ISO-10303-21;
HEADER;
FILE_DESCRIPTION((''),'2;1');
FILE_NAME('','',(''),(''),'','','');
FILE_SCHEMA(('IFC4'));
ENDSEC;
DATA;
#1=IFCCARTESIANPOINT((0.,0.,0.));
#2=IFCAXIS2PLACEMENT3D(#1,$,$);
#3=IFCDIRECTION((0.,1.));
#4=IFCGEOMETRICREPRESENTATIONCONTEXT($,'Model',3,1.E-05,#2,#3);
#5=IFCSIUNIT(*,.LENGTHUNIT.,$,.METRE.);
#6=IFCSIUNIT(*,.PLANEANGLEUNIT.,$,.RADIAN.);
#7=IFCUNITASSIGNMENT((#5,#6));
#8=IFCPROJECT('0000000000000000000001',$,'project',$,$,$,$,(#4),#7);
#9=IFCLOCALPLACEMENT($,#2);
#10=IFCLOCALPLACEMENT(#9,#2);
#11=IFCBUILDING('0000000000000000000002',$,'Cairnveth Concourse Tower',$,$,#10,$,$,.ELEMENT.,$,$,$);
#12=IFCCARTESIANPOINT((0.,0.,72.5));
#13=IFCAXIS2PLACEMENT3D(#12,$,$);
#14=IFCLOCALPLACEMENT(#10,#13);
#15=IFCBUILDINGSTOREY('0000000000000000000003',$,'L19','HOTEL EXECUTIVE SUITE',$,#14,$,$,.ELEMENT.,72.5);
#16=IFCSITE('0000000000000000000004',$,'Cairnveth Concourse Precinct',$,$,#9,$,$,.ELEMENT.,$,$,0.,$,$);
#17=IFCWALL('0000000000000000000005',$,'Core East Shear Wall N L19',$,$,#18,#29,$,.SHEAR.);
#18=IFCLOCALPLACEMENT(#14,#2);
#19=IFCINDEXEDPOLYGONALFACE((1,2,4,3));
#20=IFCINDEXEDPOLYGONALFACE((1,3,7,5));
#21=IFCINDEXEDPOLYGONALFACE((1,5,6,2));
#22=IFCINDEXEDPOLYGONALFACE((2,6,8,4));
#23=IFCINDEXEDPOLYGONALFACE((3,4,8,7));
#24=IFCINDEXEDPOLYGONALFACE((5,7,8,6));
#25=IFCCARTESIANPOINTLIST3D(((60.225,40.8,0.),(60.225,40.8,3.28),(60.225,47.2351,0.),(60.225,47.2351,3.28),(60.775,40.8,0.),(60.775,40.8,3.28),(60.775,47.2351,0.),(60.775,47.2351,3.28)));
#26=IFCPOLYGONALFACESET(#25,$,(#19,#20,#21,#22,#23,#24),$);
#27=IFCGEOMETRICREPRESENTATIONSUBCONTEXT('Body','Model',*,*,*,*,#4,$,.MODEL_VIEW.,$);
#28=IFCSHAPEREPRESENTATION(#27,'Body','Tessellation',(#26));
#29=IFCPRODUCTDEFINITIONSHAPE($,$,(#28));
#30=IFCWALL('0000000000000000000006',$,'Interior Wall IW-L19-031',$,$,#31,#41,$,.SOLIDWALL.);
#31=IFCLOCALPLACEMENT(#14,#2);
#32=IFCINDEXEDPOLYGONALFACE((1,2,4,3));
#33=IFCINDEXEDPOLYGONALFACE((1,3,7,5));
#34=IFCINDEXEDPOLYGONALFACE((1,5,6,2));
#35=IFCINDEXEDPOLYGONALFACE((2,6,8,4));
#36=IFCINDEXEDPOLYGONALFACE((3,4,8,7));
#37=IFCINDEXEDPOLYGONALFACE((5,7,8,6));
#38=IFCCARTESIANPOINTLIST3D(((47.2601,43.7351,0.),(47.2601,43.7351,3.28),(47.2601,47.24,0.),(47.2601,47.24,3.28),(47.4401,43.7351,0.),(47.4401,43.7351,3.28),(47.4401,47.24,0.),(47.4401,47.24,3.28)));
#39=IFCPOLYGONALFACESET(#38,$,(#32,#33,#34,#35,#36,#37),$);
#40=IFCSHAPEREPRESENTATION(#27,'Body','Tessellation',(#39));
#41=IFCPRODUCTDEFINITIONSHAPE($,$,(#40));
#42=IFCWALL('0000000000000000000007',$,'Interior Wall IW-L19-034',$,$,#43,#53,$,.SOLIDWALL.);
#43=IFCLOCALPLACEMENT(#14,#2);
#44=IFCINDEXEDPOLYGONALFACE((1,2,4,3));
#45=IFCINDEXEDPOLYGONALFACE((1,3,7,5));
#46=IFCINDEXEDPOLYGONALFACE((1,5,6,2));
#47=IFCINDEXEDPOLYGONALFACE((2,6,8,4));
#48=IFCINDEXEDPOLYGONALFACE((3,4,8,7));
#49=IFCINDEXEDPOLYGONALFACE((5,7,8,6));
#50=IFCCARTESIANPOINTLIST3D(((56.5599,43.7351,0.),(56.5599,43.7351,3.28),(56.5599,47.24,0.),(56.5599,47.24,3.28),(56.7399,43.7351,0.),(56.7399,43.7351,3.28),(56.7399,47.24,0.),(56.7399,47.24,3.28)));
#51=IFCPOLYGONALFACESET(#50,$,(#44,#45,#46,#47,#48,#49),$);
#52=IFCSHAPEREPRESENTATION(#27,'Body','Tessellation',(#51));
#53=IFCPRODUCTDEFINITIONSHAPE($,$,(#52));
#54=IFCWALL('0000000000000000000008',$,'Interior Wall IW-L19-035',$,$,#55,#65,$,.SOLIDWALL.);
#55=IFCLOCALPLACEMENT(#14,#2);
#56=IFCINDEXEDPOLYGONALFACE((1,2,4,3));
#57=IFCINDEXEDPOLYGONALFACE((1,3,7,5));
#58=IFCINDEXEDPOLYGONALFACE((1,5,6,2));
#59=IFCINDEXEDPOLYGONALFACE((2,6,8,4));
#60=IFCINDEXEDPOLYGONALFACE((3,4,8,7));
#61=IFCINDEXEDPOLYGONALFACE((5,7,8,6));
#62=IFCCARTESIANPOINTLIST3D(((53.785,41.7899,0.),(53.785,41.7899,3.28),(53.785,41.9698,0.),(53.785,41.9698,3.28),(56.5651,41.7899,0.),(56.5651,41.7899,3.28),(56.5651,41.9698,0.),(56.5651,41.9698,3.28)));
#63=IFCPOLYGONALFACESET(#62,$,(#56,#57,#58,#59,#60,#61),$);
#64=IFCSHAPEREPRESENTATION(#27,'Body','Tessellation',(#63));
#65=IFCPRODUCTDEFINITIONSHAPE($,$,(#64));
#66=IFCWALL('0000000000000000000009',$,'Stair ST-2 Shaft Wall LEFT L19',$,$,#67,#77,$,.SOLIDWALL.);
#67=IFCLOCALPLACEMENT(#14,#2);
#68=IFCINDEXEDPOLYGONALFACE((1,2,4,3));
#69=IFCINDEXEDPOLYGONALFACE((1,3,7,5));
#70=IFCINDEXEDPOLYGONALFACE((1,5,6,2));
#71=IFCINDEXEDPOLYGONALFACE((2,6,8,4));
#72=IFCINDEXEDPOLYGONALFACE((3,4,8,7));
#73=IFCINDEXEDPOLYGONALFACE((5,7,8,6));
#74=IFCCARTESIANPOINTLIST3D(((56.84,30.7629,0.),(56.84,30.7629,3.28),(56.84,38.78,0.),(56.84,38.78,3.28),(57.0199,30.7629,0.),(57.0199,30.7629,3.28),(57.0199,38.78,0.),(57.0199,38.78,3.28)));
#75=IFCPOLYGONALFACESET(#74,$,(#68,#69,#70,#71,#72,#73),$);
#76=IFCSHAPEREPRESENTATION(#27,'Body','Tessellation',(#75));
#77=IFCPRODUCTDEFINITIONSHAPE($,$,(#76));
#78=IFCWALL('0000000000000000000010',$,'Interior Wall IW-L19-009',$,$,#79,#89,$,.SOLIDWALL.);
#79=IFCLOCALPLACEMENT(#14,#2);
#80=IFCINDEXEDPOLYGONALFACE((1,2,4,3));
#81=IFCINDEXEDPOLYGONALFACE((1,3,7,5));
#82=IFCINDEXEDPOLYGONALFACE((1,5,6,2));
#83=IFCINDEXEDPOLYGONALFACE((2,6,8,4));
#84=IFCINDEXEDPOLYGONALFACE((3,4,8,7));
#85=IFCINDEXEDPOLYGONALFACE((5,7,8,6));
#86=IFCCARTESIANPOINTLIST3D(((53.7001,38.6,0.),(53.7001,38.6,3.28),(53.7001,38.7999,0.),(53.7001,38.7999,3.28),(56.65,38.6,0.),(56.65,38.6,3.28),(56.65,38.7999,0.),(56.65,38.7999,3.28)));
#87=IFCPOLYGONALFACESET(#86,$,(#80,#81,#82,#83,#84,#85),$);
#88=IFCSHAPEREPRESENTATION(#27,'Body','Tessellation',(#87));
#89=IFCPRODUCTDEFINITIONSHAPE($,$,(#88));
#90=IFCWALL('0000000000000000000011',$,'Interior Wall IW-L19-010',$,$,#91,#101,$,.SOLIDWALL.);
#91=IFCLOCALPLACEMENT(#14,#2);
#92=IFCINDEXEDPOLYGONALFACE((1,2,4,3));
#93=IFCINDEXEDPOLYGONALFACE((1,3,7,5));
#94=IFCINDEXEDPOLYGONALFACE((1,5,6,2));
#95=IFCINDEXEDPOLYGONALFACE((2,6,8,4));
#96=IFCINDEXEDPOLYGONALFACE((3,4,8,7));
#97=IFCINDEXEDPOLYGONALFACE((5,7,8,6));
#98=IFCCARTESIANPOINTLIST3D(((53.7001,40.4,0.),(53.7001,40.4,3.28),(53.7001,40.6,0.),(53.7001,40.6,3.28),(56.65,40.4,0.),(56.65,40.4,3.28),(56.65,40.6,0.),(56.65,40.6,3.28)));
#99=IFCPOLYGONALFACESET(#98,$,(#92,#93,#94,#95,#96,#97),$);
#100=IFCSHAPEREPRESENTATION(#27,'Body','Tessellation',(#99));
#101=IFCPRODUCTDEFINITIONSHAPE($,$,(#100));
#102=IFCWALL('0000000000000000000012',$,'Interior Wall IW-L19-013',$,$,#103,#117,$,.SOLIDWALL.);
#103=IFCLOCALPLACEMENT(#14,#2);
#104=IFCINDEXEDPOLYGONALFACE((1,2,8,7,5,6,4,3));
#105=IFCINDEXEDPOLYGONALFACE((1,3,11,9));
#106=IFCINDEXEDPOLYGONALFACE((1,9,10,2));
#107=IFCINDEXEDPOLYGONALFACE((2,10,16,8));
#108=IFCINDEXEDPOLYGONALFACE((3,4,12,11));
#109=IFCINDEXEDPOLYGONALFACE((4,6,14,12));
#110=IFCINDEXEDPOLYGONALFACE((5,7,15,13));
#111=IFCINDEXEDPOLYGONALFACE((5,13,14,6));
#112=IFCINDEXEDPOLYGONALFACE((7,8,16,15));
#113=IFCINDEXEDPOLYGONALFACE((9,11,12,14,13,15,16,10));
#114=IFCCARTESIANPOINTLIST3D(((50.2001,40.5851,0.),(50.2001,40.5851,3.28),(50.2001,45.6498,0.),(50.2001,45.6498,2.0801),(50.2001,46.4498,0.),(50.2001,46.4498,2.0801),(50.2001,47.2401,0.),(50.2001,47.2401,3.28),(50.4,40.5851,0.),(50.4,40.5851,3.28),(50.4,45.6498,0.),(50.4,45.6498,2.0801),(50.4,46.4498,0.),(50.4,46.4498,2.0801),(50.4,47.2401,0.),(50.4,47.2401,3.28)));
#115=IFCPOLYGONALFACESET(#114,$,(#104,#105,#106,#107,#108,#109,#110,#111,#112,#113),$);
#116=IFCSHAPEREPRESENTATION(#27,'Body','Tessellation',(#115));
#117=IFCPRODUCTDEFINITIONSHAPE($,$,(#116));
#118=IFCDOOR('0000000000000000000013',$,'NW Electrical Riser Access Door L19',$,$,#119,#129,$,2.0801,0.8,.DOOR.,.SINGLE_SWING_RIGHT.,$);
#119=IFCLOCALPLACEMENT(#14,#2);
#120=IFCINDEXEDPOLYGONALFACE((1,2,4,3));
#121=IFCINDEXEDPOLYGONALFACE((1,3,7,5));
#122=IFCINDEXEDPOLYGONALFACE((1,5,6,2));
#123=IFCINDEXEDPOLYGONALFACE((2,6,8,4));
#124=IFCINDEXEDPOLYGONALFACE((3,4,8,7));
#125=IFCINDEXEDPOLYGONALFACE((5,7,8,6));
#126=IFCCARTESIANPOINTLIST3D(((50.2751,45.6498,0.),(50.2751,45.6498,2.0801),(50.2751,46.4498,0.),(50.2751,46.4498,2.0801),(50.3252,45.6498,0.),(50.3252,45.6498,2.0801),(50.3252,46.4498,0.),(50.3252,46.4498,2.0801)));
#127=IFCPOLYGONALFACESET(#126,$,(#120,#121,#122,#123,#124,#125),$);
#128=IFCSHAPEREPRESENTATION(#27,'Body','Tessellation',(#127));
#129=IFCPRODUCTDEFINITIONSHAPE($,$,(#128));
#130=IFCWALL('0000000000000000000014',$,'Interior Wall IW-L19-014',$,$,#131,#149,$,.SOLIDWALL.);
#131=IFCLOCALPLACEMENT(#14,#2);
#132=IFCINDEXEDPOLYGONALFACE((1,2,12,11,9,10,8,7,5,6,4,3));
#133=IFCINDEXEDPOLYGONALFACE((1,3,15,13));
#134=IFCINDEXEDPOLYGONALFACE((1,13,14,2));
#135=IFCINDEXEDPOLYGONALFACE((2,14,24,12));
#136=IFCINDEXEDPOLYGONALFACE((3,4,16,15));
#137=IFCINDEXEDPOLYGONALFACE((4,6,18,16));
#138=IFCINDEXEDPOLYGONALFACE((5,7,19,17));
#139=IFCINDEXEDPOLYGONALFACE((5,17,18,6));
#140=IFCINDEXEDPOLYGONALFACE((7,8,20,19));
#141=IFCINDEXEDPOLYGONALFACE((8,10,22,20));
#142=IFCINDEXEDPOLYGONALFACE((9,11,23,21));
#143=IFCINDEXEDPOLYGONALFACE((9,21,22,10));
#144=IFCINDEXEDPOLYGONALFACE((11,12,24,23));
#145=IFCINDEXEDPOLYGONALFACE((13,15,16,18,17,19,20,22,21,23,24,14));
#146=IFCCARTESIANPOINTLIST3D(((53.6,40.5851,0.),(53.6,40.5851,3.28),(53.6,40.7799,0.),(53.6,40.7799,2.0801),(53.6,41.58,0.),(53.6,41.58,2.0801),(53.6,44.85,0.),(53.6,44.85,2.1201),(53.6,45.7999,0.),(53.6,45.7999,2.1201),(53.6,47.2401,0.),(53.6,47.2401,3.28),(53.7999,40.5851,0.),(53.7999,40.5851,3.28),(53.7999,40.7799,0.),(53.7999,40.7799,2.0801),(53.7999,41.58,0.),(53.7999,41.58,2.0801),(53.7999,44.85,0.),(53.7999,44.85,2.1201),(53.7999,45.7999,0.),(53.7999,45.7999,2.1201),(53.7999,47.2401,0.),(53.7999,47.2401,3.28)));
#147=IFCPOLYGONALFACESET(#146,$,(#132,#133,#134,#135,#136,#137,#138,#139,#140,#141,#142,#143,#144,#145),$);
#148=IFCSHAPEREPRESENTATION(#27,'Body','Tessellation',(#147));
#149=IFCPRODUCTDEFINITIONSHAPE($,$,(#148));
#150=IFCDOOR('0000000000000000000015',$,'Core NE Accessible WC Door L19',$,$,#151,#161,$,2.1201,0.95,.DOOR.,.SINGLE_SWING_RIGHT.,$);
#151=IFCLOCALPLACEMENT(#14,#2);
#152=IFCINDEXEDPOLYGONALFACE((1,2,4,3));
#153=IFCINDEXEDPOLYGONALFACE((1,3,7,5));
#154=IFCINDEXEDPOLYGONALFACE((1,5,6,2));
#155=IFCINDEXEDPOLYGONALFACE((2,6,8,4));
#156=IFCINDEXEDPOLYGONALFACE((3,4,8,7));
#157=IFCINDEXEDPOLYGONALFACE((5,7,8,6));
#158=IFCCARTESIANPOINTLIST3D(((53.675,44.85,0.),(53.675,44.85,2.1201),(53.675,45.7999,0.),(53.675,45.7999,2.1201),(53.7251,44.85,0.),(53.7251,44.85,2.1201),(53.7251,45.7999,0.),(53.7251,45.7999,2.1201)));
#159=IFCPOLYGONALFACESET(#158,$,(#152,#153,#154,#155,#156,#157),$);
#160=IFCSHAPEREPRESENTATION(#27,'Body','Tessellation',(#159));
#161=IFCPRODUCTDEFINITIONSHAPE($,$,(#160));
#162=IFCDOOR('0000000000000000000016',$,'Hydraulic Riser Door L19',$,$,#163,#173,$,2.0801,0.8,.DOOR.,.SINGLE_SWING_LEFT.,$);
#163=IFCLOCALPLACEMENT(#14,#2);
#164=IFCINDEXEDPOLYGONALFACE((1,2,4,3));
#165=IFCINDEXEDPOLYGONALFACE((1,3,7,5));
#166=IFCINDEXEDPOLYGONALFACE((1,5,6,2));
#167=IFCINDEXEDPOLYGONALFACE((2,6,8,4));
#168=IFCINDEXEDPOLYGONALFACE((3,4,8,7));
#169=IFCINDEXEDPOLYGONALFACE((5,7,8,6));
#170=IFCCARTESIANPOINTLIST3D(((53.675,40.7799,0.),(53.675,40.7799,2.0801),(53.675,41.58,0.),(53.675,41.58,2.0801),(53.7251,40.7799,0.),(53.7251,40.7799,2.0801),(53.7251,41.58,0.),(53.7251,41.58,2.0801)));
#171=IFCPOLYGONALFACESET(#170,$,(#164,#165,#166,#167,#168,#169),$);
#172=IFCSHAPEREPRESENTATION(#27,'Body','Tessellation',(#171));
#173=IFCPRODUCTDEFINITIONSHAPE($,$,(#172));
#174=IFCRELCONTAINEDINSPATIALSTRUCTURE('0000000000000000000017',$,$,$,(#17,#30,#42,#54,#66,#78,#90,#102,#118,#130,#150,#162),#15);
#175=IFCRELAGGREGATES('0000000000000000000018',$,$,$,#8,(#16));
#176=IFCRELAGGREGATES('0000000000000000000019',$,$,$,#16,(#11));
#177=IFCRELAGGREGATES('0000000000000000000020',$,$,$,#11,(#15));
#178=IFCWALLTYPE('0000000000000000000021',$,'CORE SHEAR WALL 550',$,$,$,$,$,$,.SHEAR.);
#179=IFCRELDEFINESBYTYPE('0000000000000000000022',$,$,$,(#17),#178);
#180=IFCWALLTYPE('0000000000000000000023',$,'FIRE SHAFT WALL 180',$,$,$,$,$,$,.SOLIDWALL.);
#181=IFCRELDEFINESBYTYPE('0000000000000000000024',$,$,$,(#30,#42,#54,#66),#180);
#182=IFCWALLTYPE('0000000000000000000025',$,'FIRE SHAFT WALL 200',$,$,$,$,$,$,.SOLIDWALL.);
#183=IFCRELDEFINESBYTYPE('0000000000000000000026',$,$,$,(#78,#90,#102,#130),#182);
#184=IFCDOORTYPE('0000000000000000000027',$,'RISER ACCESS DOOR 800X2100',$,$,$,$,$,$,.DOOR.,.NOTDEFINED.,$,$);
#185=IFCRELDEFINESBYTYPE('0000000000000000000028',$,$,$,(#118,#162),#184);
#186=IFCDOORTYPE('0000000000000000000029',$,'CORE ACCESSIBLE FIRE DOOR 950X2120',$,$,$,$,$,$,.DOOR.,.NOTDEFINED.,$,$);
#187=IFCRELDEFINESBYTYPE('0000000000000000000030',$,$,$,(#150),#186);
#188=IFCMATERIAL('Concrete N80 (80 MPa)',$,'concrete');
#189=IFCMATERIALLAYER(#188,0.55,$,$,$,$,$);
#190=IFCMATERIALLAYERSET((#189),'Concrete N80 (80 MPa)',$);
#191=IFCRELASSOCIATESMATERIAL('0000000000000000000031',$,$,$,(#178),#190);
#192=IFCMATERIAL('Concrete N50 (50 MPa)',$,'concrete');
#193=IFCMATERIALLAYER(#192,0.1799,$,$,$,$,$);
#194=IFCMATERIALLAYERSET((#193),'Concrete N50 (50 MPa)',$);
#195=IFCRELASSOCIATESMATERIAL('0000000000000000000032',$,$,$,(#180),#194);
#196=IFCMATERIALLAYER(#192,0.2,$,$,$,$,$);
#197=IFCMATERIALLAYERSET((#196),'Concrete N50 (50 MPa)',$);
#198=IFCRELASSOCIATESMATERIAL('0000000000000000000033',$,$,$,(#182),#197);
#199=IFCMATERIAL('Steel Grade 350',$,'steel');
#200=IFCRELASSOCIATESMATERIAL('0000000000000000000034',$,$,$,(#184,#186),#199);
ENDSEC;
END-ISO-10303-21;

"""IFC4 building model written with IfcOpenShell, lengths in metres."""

from ifc_helpers import new_model, si_unit, direction, frame, frame_2d, origin, place, context, subcontext, project, spatial, rectangle, extrude, material, layer, layer_set, type_object, element, fill, save


model = new_model("IFC4")

# Units and contexts
model_context = context("Model", 3, precision=1e-05, world=origin(), true_north=direction((0.0, 1.0)))
body_context = subcontext(model_context, "Body", "Model", "MODEL_VIEW")
ifc_project = project(units=[si_unit("LENGTHUNIT", "METRE"), si_unit("PLANEANGLEUNIT", "RADIAN")], contexts=[model_context])

# Site, building, storey
site_placement = place(None, origin())
site = spatial("IfcSite", under=ifc_project, at=site_placement, Name="Cairnveth Concourse Precinct", CompositionType="ELEMENT", RefElevation=0.0)
building_placement = place(site_placement, origin())
building = spatial("IfcBuilding", under=site, at=building_placement, Name="Cairnveth Concourse Tower", CompositionType="ELEMENT")
storey_placement = place(building_placement, frame((0.0, 0.0, 72.5)))
storey = spatial("IfcBuildingStorey", under=building, at=storey_placement, Name="L19", Description="HOTEL EXECUTIVE SUITE", CompositionType="ELEMENT", Elevation=72.5)

# Walls
ifc_material_1 = material(Name="Concrete N80 (80 MPa)", Category="concrete")
ifc_layer_1 = layer(ifc_material_1, 0.55)
ifc_layer_set_1 = layer_set([ifc_layer_1], Name="Concrete N80 (80 MPa)")
wall_type_1 = type_object("IfcWallType", Name="CORE SHEAR WALL 550", PredefinedType="SHEAR", material=ifc_layer_set_1)
wall_1_placement = place(storey_placement, frame((60.5, 40.8, 0.0), z_axis=(0.0, 0.0, 1.0), x_axis=(0.0, 1.0, 0.0)))
element("IfcWall", 1, at=wall_1_placement, inside=storey, type_object=wall_type_1, Name="Core East Shear Wall N L19", PredefinedType="SHEAR", context=body_context, shape_type="SweptSolid", body=[
    extrude(rectangle(XDim=6.4351, YDim=0.55, at=frame_2d((3.2175, 0.0))), origin(), (0.0, 0.0, 1.0), 3.28),
])
ifc_material_2 = material(Name="Concrete N50 (50 MPa)", Category="concrete")
ifc_layer_2 = layer(ifc_material_2, 0.1799)
ifc_layer_set_2 = layer_set([ifc_layer_2], Name="Concrete N50 (50 MPa)")
wall_type_2 = type_object("IfcWallType", Name="FIRE SHAFT WALL 180", PredefinedType="SOLIDWALL", material=ifc_layer_set_2)
for number, where, z_axis, x_axis, name in (
    (2, (47.3501, 43.7351, 0.0), (0.0, 0.0, 1.0), (0.0, 1.0, 0.0), "Interior Wall IW-L19-031"),
    (3, (56.6499, 43.7351, 0.0), (0.0, 0.0, 1.0), (0.0, 1.0, 0.0), "Interior Wall IW-L19-034"),
):
    element("IfcWall", number, at=place(storey_placement, frame(where, z_axis=z_axis, x_axis=x_axis)), inside=storey, type_object=wall_type_2, Name=name, PredefinedType="SOLIDWALL", context=body_context, shape_type="SweptSolid", body=[
        extrude(rectangle(XDim=3.5049, YDim=0.1799, at=frame_2d((1.7524, 0.0))), origin(), (0.0, 0.0, 1.0), 3.28),
    ])
wall_2_placement = place(storey_placement, frame((53.7849, 41.8799, 0.0), z_axis=(0.0, 0.0, 1.0), x_axis=(1.0, 0.0, 0.0)))
element("IfcWall", 4, at=wall_2_placement, inside=storey, type_object=wall_type_2, Name="Interior Wall IW-L19-035", PredefinedType="SOLIDWALL", context=body_context, shape_type="SweptSolid", body=[
    extrude(rectangle(XDim=2.78, YDim=0.1799, at=frame_2d((1.3901, 0.0))), origin(), (0.0, 0.0, 1.0), 3.28),
])
wall_3_placement = place(storey_placement, frame((56.9299, 38.78, 0.0), z_axis=(0.0, 0.0, 1.0), x_axis=(0.0, -1.0, 0.0)))
element("IfcWall", 5, at=wall_3_placement, inside=storey, type_object=wall_type_2, Name="Stair ST-2 Shaft Wall LEFT L19", PredefinedType="SOLIDWALL", context=body_context, shape_type="SweptSolid", body=[
    extrude(rectangle(XDim=8.0171, YDim=0.1799, at=frame_2d((4.0085, 0.0))), origin(), (0.0, 0.0, 1.0), 3.28),
])
ifc_layer_3 = layer(ifc_material_2, 0.2)
ifc_layer_set_3 = layer_set([ifc_layer_3], Name="Concrete N50 (50 MPa)")
wall_type_3 = type_object("IfcWallType", Name="FIRE SHAFT WALL 200", PredefinedType="SOLIDWALL", material=ifc_layer_set_3)
for number, where, z_axis, x_axis, name in (
    (6, (53.7, 38.7, 0.0), (0.0, 0.0, 1.0), (1.0, 0.0, 0.0), "Interior Wall IW-L19-009"),
    (7, (53.7, 40.5, 0.0), (0.0, 0.0, 1.0), (1.0, 0.0, 0.0), "Interior Wall IW-L19-010"),
):
    element("IfcWall", number, at=place(storey_placement, frame(where, z_axis=z_axis, x_axis=x_axis)), inside=storey, type_object=wall_type_3, Name=name, PredefinedType="SOLIDWALL", context=body_context, shape_type="SweptSolid", body=[
        extrude(rectangle(XDim=2.95, YDim=0.2, at=frame_2d((1.4751, 0.0))), origin(), (0.0, 0.0, 1.0), 3.28),
    ])

# Wall, opening, door
wall_4_placement = place(storey_placement, frame((50.3, 40.585, 0.0), z_axis=(0.0, 0.0, 1.0), x_axis=(0.0, 1.0, 0.0)))
wall_4 = element("IfcWall", 8, at=wall_4_placement, inside=storey, type_object=wall_type_3, Name="Interior Wall IW-L19-013", PredefinedType="SOLIDWALL", context=body_context, shape_type="SweptSolid", body=[
    extrude(rectangle(XDim=6.655, YDim=0.2, at=frame_2d((3.3276, 0.0))), origin(), (0.0, 0.0, 1.0), 3.28),
])
opening_1_placement = place(wall_4_placement, frame((5.0649, 0.0, 0.0)))
opening_1 = element("IfcOpeningElement", 9, at=opening_1_placement, cuts=wall_4, PredefinedType="OPENING", context=body_context, shape_type="SweptSolid", body=[
    extrude(rectangle(XDim=0.8, YDim=2.0801, at=frame_2d((0.3999, 1.04))), frame((0.0, 0.1099, 0.0), z_axis=(0.0, -1.0, 0.0), x_axis=(1.0, 0.0, 0.0)), (0.0, 0.0, 1.0), 0.22),
])
ifc_material_3 = material(Name="Steel Grade 350", Category="steel")
door_type_1 = type_object("IfcDoorType", Name="RISER ACCESS DOOR 800X2100", OperationType="NOTDEFINED", PredefinedType="DOOR", material=ifc_material_3)
door_1_placement = place(opening_1_placement, origin())
door_1 = element("IfcDoor", 10, at=door_1_placement, inside=storey, type_object=door_type_1, Name="NW Electrical Riser Access Door L19", OperationType="SINGLE_SWING_RIGHT", OverallHeight=2.0801, OverallWidth=0.8, PredefinedType="DOOR", context=body_context, shape_type="SweptSolid", body=[
    extrude(rectangle(XDim=0.8, YDim=2.0801, at=frame_2d((0.3999, 1.04))), frame((0.0, 0.0249, 0.0), z_axis=(0.0, -1.0, 0.0), x_axis=(1.0, 0.0, 0.0)), (0.0, 0.0, 1.0), 0.05),
])
fill(opening_1, door_1)

# Wall, openings, doors
wall_5_placement = place(storey_placement, frame((53.7, 40.585, 0.0), z_axis=(0.0, 0.0, 1.0), x_axis=(0.0, 1.0, 0.0)))
wall_5 = element("IfcWall", 11, at=wall_5_placement, inside=storey, type_object=wall_type_3, Name="Interior Wall IW-L19-014", PredefinedType="SOLIDWALL", context=body_context, shape_type="SweptSolid", body=[
    extrude(rectangle(XDim=6.655, YDim=0.2, at=frame_2d((3.3276, 0.0))), origin(), (0.0, 0.0, 1.0), 3.28),
])
opening_2_placement = place(wall_5_placement, frame((0.1951, 0.0, 0.0)))
opening_2 = element("IfcOpeningElement", 12, at=opening_2_placement, cuts=wall_5, PredefinedType="OPENING", context=body_context, shape_type="SweptSolid", body=[
    extrude(rectangle(XDim=0.8, YDim=2.0801, at=frame_2d((0.3999, 1.04))), frame((0.0, 0.1099, 0.0), z_axis=(0.0, -1.0, 0.0), x_axis=(1.0, 0.0, 0.0)), (0.0, 0.0, 1.0), 0.22),
])
opening_3_placement = place(wall_5_placement, frame((4.2649, 0.0, 0.0)))
opening_3 = element("IfcOpeningElement", 13, at=opening_3_placement, cuts=wall_5, PredefinedType="OPENING", context=body_context, shape_type="SweptSolid", body=[
    extrude(rectangle(XDim=0.95, YDim=2.1201, at=frame_2d((0.4751, 1.0601))), frame((0.0, 0.1099, 0.0), z_axis=(0.0, -1.0, 0.0), x_axis=(1.0, 0.0, 0.0)), (0.0, 0.0, 1.0), 0.22),
])
door_type_2 = type_object("IfcDoorType", Name="CORE ACCESSIBLE FIRE DOOR 950X2120", OperationType="NOTDEFINED", PredefinedType="DOOR", material=ifc_material_3)
door_2_placement = place(opening_3_placement, origin())
door_2 = element("IfcDoor", 14, at=door_2_placement, inside=storey, type_object=door_type_2, Name="Core NE Accessible WC Door L19", OperationType="SINGLE_SWING_RIGHT", OverallHeight=2.1201, OverallWidth=0.95, PredefinedType="DOOR", context=body_context, shape_type="SweptSolid", body=[
    extrude(rectangle(XDim=0.95, YDim=2.1201, at=frame_2d((0.4751, 1.0601))), frame((0.0, 0.0249, 0.0), z_axis=(0.0, -1.0, 0.0), x_axis=(1.0, 0.0, 0.0)), (0.0, 0.0, 1.0), 0.05),
])
fill(opening_3, door_2)
door_3_placement = place(opening_2_placement, origin())
door_3 = element("IfcDoor", 15, at=door_3_placement, inside=storey, type_object=door_type_1, Name="Hydraulic Riser Door L19", OperationType="SINGLE_SWING_LEFT", OverallHeight=2.0801, OverallWidth=0.8, PredefinedType="DOOR", context=body_context, shape_type="SweptSolid", body=[
    extrude(rectangle(XDim=0.8, YDim=2.0801, at=frame_2d((0.3999, 1.04))), frame((0.0, 0.0249, 0.0), z_axis=(0.0, -1.0, 0.0), x_axis=(1.0, 0.0, 0.0)), (0.0, 0.0, 1.0), 0.05),
])
fill(opening_2, door_3)

save(model, "model.ifc")
